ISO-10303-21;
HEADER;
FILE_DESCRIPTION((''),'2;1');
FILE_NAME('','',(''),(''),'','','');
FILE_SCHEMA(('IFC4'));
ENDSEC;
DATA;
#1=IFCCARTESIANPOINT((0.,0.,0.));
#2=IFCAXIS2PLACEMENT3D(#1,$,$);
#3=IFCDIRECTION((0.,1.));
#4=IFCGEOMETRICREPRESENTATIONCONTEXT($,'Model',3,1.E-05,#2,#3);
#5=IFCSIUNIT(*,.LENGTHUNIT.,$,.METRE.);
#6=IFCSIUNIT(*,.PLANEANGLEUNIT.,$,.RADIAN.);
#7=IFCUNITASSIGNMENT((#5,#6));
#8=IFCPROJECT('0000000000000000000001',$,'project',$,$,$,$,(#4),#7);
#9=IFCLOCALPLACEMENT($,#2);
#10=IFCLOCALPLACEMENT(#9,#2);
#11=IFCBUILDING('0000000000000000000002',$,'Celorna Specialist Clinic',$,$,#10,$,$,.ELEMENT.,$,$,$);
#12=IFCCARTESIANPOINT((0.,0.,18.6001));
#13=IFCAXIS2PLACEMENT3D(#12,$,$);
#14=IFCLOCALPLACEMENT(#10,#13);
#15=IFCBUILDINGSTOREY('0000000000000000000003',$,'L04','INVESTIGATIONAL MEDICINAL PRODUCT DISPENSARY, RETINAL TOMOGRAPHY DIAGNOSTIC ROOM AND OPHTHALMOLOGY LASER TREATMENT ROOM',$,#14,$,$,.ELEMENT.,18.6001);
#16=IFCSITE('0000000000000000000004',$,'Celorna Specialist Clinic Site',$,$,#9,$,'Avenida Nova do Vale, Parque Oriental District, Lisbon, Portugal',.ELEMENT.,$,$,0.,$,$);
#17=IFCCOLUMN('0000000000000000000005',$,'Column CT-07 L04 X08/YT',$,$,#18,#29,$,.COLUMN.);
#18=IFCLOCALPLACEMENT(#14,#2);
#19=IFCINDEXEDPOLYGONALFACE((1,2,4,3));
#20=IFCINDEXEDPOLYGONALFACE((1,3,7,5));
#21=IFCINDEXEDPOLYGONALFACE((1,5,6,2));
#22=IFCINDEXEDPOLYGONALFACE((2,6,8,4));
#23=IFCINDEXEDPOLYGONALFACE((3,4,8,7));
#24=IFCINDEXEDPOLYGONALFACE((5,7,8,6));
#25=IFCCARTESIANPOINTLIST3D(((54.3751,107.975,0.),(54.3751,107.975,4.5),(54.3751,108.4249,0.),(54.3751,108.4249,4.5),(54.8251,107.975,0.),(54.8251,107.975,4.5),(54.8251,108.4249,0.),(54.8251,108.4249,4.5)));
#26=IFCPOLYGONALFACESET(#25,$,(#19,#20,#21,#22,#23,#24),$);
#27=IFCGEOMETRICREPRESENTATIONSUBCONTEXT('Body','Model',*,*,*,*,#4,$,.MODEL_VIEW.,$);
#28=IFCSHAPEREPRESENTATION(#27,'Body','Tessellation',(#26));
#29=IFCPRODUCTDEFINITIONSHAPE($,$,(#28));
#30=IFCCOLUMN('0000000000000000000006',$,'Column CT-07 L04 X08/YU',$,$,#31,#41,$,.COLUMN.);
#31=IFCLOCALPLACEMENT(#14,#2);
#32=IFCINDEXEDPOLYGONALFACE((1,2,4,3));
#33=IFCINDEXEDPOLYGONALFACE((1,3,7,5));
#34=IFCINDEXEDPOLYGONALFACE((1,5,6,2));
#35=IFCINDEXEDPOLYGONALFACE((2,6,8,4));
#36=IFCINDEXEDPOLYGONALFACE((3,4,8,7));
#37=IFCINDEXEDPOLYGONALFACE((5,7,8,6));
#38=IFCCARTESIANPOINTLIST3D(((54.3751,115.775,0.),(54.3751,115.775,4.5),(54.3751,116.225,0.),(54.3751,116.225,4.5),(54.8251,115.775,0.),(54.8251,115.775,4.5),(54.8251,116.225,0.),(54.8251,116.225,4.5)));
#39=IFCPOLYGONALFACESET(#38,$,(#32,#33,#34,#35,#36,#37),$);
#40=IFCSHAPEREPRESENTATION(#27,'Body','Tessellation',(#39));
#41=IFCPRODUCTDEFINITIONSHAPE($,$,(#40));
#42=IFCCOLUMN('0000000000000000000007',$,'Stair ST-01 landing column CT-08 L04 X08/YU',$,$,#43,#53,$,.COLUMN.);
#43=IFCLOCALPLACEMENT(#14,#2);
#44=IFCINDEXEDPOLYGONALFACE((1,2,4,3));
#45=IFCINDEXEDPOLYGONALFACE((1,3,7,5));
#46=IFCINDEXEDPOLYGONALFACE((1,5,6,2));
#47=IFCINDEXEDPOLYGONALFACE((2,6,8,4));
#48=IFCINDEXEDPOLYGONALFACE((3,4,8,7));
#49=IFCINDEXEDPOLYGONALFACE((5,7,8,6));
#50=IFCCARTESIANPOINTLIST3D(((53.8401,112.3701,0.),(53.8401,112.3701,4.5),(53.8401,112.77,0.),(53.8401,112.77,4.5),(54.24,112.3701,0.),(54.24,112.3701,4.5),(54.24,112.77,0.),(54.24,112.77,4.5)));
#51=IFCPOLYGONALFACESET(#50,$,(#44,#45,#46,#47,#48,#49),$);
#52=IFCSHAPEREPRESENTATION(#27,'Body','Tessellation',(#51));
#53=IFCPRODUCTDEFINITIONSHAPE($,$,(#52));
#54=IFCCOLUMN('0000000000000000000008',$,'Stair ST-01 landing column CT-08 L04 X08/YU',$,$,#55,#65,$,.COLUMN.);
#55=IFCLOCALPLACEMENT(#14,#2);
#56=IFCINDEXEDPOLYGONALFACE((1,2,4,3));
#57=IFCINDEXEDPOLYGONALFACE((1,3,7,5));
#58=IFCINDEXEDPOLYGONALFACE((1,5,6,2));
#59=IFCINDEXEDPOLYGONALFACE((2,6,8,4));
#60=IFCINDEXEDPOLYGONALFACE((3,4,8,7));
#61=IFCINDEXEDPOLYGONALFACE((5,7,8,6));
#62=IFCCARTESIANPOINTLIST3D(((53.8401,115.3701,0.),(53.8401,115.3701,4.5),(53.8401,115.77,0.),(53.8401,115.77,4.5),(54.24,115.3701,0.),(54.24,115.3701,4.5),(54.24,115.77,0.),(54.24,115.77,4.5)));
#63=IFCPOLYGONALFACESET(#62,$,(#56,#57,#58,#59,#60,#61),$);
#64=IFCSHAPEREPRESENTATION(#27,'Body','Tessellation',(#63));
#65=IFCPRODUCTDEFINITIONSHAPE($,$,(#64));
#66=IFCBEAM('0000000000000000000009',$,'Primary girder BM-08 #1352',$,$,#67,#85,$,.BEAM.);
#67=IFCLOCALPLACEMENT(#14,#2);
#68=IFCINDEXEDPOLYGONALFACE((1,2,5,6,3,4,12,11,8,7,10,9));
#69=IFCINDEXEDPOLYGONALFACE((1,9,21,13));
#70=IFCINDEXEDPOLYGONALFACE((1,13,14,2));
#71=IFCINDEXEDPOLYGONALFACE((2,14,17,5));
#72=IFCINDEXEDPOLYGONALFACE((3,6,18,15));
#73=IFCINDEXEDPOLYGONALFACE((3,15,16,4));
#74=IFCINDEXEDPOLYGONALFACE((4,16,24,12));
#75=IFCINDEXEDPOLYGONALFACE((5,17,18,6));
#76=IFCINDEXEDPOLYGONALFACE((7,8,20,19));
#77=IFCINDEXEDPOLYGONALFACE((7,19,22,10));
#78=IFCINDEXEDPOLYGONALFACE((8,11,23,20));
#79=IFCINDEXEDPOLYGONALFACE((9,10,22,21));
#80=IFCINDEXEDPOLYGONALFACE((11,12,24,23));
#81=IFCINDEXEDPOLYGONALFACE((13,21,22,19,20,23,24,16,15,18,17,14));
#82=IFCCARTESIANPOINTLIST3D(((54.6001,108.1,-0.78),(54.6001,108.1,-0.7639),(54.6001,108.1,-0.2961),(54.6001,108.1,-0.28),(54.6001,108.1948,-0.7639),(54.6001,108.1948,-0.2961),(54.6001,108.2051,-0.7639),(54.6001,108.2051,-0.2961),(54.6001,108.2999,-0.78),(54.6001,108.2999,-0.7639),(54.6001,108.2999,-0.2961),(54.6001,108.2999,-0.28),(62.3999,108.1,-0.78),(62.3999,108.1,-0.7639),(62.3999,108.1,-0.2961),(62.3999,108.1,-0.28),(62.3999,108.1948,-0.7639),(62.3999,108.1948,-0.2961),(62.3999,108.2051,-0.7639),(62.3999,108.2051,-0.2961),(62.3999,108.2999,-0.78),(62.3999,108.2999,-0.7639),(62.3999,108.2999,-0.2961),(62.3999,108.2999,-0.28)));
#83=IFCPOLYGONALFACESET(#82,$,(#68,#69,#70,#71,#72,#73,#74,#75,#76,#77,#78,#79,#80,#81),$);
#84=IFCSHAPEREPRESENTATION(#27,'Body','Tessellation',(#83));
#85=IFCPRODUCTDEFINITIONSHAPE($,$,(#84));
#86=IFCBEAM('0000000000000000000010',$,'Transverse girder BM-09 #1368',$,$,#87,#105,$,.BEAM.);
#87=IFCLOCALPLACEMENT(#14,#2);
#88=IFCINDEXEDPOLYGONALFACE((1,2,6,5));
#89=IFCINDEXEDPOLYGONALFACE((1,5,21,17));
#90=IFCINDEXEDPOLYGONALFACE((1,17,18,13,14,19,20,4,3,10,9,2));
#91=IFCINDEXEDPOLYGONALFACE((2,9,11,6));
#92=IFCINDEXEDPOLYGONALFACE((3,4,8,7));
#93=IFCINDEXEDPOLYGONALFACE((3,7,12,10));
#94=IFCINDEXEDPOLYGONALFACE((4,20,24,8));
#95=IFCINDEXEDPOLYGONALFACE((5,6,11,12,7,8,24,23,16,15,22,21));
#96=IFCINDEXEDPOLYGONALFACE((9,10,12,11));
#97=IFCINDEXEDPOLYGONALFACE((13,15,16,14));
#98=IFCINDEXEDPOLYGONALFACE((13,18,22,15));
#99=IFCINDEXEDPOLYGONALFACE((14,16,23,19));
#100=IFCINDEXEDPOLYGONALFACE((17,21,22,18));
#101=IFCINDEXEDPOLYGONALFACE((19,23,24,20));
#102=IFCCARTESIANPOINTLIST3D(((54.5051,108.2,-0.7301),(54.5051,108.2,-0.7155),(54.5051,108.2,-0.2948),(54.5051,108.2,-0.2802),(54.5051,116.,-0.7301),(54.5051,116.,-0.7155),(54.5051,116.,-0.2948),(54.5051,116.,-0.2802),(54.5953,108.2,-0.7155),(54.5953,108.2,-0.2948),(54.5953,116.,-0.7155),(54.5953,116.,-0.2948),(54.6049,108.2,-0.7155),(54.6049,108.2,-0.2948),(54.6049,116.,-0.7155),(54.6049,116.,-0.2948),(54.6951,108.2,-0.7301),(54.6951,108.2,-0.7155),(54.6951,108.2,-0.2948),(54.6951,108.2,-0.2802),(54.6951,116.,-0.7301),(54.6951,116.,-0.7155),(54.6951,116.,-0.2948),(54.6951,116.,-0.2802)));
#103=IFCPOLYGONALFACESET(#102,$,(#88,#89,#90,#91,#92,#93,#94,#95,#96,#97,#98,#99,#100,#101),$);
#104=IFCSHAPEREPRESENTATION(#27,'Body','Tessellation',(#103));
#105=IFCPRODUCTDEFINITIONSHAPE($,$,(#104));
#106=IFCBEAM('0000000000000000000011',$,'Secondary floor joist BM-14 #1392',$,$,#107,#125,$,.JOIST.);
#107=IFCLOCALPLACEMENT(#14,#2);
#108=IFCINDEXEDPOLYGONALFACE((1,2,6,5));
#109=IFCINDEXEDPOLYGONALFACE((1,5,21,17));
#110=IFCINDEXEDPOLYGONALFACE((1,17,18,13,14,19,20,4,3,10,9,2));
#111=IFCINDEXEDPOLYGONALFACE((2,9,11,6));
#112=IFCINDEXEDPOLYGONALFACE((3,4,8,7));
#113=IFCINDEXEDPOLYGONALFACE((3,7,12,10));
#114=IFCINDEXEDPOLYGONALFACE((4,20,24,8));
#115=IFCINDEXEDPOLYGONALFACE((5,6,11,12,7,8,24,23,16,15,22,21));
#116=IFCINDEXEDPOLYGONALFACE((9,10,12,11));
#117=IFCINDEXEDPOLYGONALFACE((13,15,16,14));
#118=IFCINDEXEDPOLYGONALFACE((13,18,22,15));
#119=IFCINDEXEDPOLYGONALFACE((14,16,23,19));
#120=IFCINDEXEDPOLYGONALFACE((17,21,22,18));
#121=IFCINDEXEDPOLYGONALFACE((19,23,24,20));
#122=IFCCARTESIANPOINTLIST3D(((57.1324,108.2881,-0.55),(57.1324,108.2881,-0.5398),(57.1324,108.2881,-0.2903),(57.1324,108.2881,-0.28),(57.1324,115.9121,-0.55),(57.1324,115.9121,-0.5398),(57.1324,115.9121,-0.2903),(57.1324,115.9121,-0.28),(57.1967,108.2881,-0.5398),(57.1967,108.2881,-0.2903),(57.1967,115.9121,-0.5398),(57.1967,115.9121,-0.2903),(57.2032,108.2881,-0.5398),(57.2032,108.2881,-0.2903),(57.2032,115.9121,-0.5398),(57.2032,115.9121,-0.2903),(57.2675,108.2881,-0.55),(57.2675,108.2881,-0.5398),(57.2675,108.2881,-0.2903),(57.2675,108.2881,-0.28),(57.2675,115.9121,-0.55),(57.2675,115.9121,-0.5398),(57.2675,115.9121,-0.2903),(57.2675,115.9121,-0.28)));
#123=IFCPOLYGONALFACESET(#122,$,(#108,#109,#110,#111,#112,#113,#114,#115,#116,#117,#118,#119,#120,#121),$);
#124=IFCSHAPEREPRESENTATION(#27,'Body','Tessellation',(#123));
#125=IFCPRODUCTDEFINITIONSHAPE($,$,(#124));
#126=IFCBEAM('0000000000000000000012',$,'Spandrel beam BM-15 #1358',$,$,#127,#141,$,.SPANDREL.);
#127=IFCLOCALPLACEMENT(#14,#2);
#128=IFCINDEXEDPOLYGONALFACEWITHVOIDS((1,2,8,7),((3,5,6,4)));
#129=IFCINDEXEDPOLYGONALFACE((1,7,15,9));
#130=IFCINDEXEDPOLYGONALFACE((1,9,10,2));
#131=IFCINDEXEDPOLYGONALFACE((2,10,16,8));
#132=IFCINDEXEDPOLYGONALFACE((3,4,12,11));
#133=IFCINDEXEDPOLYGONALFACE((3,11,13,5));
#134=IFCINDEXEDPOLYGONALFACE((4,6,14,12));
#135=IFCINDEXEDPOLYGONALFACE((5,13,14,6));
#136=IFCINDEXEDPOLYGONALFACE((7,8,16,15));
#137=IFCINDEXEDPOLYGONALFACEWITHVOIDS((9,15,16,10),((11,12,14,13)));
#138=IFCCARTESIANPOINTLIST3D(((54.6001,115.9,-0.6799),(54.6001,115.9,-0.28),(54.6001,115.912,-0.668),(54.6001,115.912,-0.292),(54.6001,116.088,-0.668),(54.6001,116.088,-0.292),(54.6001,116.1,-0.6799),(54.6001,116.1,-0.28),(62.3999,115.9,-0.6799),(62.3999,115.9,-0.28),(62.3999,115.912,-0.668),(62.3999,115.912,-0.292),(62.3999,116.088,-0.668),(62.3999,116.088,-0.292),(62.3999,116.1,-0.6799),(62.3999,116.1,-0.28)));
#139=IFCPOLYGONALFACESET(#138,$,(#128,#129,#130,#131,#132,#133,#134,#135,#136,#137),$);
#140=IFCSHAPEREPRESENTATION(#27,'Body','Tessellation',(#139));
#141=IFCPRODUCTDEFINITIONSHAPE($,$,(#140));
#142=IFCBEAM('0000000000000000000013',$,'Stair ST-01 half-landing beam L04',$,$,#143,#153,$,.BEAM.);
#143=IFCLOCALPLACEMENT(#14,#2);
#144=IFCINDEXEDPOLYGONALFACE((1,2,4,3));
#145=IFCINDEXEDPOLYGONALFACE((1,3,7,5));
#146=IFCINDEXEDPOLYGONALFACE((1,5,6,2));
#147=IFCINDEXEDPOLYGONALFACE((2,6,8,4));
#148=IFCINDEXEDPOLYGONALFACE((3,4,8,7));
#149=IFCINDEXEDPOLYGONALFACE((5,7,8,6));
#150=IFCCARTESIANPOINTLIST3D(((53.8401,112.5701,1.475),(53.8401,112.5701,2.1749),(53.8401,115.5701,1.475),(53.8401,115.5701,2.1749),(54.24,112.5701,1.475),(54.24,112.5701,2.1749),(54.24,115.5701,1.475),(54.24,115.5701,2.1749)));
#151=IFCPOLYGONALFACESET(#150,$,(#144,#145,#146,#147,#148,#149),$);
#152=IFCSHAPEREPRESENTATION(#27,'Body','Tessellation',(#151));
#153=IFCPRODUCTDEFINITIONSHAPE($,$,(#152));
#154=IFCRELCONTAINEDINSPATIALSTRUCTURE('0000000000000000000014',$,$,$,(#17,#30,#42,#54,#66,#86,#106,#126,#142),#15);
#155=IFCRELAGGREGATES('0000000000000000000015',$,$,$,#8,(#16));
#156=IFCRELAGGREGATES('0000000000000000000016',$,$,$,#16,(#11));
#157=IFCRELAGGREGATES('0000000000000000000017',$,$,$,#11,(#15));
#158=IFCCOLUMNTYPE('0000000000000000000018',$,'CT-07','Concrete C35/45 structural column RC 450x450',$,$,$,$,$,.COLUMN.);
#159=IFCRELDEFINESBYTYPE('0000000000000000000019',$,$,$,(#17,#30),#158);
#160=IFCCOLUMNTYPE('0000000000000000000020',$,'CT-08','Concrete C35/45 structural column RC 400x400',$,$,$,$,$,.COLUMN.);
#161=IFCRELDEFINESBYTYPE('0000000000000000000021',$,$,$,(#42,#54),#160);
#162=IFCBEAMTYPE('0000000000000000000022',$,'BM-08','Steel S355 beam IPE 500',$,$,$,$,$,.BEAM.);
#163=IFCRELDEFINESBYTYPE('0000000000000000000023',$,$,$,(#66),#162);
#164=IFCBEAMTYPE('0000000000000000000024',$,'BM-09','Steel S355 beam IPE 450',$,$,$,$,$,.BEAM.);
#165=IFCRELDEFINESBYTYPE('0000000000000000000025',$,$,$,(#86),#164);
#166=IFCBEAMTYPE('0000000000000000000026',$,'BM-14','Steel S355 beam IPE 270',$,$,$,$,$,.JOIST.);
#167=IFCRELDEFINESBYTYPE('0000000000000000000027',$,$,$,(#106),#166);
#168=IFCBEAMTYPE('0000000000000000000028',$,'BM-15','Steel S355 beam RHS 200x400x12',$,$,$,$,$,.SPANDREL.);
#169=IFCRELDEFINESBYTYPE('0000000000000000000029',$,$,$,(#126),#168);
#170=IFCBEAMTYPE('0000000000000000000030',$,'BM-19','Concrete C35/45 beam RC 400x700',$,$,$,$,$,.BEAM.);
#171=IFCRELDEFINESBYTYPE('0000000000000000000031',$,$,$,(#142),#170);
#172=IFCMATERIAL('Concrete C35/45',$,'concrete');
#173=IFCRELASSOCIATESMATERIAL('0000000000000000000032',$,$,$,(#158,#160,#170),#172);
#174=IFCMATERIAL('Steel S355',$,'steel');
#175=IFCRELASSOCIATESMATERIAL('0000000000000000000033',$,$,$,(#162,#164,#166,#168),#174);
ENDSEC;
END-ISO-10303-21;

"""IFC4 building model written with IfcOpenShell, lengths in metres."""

from ifc_helpers import new_model, si_unit, direction, frame, origin, origin_2d, place, context, subcontext, project, spatial, rectangle, hollow_rectangle, i_section, extrude, material, material_profile, profile_set, type_object, element, save


model = new_model("IFC4")

# Units and contexts
model_context = context("Model", 3, precision=1e-05, world=origin(), true_north=direction((0.0, 1.0)))
body_context = subcontext(model_context, "Body", "Model", "MODEL_VIEW")
ifc_project = project(units=[si_unit("LENGTHUNIT", "METRE"), si_unit("PLANEANGLEUNIT", "RADIAN")], contexts=[model_context])

# Site, building, storey
site_placement = place(None, origin())
site = spatial("IfcSite", under=ifc_project, at=site_placement, Name="Celorna Specialist Clinic Site", LongName="Avenida Nova do Vale, Parque Oriental District, Lisbon, Portugal", CompositionType="ELEMENT", RefElevation=0.0)
building_placement = place(site_placement, origin())
building = spatial("IfcBuilding", under=site, at=building_placement, Name="Celorna Specialist Clinic", CompositionType="ELEMENT")
storey_placement = place(building_placement, frame((0.0, 0.0, 18.6001)))
storey = spatial("IfcBuildingStorey", under=building, at=storey_placement, Name="L04", Description="INVESTIGATIONAL MEDICINAL PRODUCT DISPENSARY, RETINAL TOMOGRAPHY DIAGNOSTIC ROOM AND OPHTHALMOLOGY LASER TREATMENT ROOM", CompositionType="ELEMENT", Elevation=18.6001)

# Columns
ifc_material_1 = material(Name="Concrete C35/45", Category="concrete")
ifc_material_profile_1 = material_profile(ifc_material_1, rectangle(XDim=0.45, YDim=0.45, at=origin_2d()), Name="RC 450x450")
ifc_profile_set_1 = profile_set([ifc_material_profile_1], Name="Concrete C35/45")
column_type_1 = type_object("IfcColumnType", Name="CT-07", Description="Concrete C35/45 structural column RC 450x450", PredefinedType="COLUMN", material=ifc_profile_set_1)
for number, where, z_axis, x_axis, name in (
    (1, (54.6001, 108.2, 0.0), (0.0, 0.0, 1.0), (1.0, 0.0, 0.0), "Column CT-07 L04 X08/YT"),
    (2, (54.6001, 116.0, 0.0), (0.0, 0.0, 1.0), (1.0, 0.0, 0.0), "Column CT-07 L04 X08/YU"),
):
    element("IfcColumn", number, at=place(storey_placement, frame(where, z_axis=z_axis, x_axis=x_axis)), inside=storey, type_object=column_type_1, Name=name, PredefinedType="COLUMN", context=body_context, shape_type="SweptSolid", body=[
        extrude(rectangle(XDim=0.45, YDim=0.45, at=origin_2d()), origin(), (0.0, 0.0, 1.0), 4.5),
    ])
ifc_material_profile_2 = material_profile(ifc_material_1, rectangle(XDim=0.3999, YDim=0.3999, at=origin_2d()), Name="RC 400x400")
ifc_profile_set_2 = profile_set([ifc_material_profile_2], Name="Concrete C35/45")
column_type_2 = type_object("IfcColumnType", Name="CT-08", Description="Concrete C35/45 structural column RC 400x400", PredefinedType="COLUMN", material=ifc_profile_set_2)
for number, where, z_axis, x_axis, name in (
    (3, (54.04, 112.5701, 0.0), (0.0, 0.0, 1.0), (1.0, 0.0, 0.0), "Stair ST-01 landing column CT-08 L04 X08/YU"),
    (4, (54.04, 115.5701, 0.0), (0.0, 0.0, 1.0), (1.0, 0.0, 0.0), "Stair ST-01 landing column CT-08 L04 X08/YU"),
):
    element("IfcColumn", number, at=place(storey_placement, frame(where, z_axis=z_axis, x_axis=x_axis)), inside=storey, type_object=column_type_2, Name=name, PredefinedType="COLUMN", context=body_context, shape_type="SweptSolid", body=[
        extrude(rectangle(XDim=0.3999, YDim=0.3999, at=origin_2d()), origin(), (0.0, 0.0, 1.0), 4.5),
    ])

# Beams
ifc_material_2 = material(Name="Steel S355", Category="steel")
ifc_material_profile_3 = material_profile(ifc_material_2, i_section(OverallWidth=0.2, OverallDepth=0.5, WebThickness=0.0103, FlangeThickness=0.0161, at=origin_2d()), Name="IPE 500")
ifc_profile_set_3 = profile_set([ifc_material_profile_3], Name="Steel S355")
beam_type_1 = type_object("IfcBeamType", Name="BM-08", Description="Steel S355 beam IPE 500", PredefinedType="BEAM", material=ifc_profile_set_3)
beam_1_placement = place(storey_placement, frame((54.6001, 108.2, -0.53), z_axis=(1.0, 0.0, 0.0), x_axis=(0.0, 1.0, 0.0)))
element("IfcBeam", 5, at=beam_1_placement, inside=storey, type_object=beam_type_1, Name="Primary girder BM-08 #1352", PredefinedType="BEAM", context=body_context, shape_type="SweptSolid", body=[
    extrude(i_section(OverallWidth=0.2, OverallDepth=0.5, WebThickness=0.0103, FlangeThickness=0.0161, at=origin_2d()), origin(), (0.0, 0.0, 1.0), 7.7998),
])
ifc_material_profile_4 = material_profile(ifc_material_2, i_section(OverallWidth=0.1899, OverallDepth=0.45, WebThickness=0.0095, FlangeThickness=0.0146, at=origin_2d()), Name="IPE 450")
ifc_profile_set_4 = profile_set([ifc_material_profile_4], Name="Steel S355")
beam_type_2 = type_object("IfcBeamType", Name="BM-09", Description="Steel S355 beam IPE 450", PredefinedType="BEAM", material=ifc_profile_set_4)
beam_2_placement = place(storey_placement, frame((54.6001, 108.2, -0.5051), z_axis=(0.0, 1.0, 0.0), x_axis=(-1.0, 0.0, 0.0)))
element("IfcBeam", 6, at=beam_2_placement, inside=storey, type_object=beam_type_2, Name="Transverse girder BM-09 #1368", PredefinedType="BEAM", context=body_context, shape_type="SweptSolid", body=[
    extrude(i_section(OverallWidth=0.1899, OverallDepth=0.45, WebThickness=0.0095, FlangeThickness=0.0146, at=origin_2d()), origin(), (0.0, 0.0, 1.0), 7.8),
])
ifc_material_profile_5 = material_profile(ifc_material_2, i_section(OverallWidth=0.135, OverallDepth=0.27, WebThickness=0.0066, FlangeThickness=0.0103, at=origin_2d()), Name="IPE 270")
ifc_profile_set_5 = profile_set([ifc_material_profile_5], Name="Steel S355")
beam_type_3 = type_object("IfcBeamType", Name="BM-14", Description="Steel S355 beam IPE 270", PredefinedType="JOIST", material=ifc_profile_set_5)
beam_3_placement = place(storey_placement, frame((57.2, 108.2881, -0.415), z_axis=(0.0, 1.0, 0.0), x_axis=(-1.0, 0.0, 0.0)))
element("IfcBeam", 7, at=beam_3_placement, inside=storey, type_object=beam_type_3, Name="Secondary floor joist BM-14 #1392", PredefinedType="JOIST", context=body_context, shape_type="SweptSolid", body=[
    extrude(i_section(OverallWidth=0.135, OverallDepth=0.27, WebThickness=0.0066, FlangeThickness=0.0103, at=origin_2d()), origin(), (0.0, 0.0, 1.0), 7.624),
])
ifc_material_profile_6 = material_profile(ifc_material_2, hollow_rectangle(XDim=0.2, YDim=0.3999, WallThickness=0.012, at=origin_2d()), Name="RHS 200x400x12")
ifc_profile_set_6 = profile_set([ifc_material_profile_6], Name="Steel S355")
beam_type_4 = type_object("IfcBeamType", Name="BM-15", Description="Steel S355 beam RHS 200x400x12", PredefinedType="SPANDREL", material=ifc_profile_set_6)
beam_4_placement = place(storey_placement, frame((54.6001, 116.0, -0.48), z_axis=(1.0, 0.0, 0.0), x_axis=(0.0, 1.0, 0.0)))
element("IfcBeam", 8, at=beam_4_placement, inside=storey, type_object=beam_type_4, Name="Spandrel beam BM-15 #1358", PredefinedType="SPANDREL", context=body_context, shape_type="SweptSolid", body=[
    extrude(hollow_rectangle(XDim=0.2, YDim=0.3999, WallThickness=0.012, at=origin_2d()), origin(), (0.0, 0.0, 1.0), 7.7998),
])
ifc_material_profile_7 = material_profile(ifc_material_1, rectangle(XDim=0.3999, YDim=0.7, at=origin_2d()), Name="RC 400x700")
ifc_profile_set_7 = profile_set([ifc_material_profile_7], Name="Concrete C35/45")
beam_type_5 = type_object("IfcBeamType", Name="BM-19", Description="Concrete C35/45 beam RC 400x700", PredefinedType="BEAM", material=ifc_profile_set_7)
beam_5_placement = place(storey_placement, frame((54.04, 112.5701, 1.825), z_axis=(0.0, 1.0, 0.0), x_axis=(-1.0, 0.0, 0.0)))
element("IfcBeam", 9, at=beam_5_placement, inside=storey, type_object=beam_type_5, Name="Stair ST-01 half-landing beam L04", PredefinedType="BEAM", context=body_context, shape_type="SweptSolid", body=[
    extrude(rectangle(XDim=0.3999, YDim=0.7, at=origin_2d()), origin(), (0.0, 0.0, 1.0), 3.0),
])

save(model, "model.ifc")
